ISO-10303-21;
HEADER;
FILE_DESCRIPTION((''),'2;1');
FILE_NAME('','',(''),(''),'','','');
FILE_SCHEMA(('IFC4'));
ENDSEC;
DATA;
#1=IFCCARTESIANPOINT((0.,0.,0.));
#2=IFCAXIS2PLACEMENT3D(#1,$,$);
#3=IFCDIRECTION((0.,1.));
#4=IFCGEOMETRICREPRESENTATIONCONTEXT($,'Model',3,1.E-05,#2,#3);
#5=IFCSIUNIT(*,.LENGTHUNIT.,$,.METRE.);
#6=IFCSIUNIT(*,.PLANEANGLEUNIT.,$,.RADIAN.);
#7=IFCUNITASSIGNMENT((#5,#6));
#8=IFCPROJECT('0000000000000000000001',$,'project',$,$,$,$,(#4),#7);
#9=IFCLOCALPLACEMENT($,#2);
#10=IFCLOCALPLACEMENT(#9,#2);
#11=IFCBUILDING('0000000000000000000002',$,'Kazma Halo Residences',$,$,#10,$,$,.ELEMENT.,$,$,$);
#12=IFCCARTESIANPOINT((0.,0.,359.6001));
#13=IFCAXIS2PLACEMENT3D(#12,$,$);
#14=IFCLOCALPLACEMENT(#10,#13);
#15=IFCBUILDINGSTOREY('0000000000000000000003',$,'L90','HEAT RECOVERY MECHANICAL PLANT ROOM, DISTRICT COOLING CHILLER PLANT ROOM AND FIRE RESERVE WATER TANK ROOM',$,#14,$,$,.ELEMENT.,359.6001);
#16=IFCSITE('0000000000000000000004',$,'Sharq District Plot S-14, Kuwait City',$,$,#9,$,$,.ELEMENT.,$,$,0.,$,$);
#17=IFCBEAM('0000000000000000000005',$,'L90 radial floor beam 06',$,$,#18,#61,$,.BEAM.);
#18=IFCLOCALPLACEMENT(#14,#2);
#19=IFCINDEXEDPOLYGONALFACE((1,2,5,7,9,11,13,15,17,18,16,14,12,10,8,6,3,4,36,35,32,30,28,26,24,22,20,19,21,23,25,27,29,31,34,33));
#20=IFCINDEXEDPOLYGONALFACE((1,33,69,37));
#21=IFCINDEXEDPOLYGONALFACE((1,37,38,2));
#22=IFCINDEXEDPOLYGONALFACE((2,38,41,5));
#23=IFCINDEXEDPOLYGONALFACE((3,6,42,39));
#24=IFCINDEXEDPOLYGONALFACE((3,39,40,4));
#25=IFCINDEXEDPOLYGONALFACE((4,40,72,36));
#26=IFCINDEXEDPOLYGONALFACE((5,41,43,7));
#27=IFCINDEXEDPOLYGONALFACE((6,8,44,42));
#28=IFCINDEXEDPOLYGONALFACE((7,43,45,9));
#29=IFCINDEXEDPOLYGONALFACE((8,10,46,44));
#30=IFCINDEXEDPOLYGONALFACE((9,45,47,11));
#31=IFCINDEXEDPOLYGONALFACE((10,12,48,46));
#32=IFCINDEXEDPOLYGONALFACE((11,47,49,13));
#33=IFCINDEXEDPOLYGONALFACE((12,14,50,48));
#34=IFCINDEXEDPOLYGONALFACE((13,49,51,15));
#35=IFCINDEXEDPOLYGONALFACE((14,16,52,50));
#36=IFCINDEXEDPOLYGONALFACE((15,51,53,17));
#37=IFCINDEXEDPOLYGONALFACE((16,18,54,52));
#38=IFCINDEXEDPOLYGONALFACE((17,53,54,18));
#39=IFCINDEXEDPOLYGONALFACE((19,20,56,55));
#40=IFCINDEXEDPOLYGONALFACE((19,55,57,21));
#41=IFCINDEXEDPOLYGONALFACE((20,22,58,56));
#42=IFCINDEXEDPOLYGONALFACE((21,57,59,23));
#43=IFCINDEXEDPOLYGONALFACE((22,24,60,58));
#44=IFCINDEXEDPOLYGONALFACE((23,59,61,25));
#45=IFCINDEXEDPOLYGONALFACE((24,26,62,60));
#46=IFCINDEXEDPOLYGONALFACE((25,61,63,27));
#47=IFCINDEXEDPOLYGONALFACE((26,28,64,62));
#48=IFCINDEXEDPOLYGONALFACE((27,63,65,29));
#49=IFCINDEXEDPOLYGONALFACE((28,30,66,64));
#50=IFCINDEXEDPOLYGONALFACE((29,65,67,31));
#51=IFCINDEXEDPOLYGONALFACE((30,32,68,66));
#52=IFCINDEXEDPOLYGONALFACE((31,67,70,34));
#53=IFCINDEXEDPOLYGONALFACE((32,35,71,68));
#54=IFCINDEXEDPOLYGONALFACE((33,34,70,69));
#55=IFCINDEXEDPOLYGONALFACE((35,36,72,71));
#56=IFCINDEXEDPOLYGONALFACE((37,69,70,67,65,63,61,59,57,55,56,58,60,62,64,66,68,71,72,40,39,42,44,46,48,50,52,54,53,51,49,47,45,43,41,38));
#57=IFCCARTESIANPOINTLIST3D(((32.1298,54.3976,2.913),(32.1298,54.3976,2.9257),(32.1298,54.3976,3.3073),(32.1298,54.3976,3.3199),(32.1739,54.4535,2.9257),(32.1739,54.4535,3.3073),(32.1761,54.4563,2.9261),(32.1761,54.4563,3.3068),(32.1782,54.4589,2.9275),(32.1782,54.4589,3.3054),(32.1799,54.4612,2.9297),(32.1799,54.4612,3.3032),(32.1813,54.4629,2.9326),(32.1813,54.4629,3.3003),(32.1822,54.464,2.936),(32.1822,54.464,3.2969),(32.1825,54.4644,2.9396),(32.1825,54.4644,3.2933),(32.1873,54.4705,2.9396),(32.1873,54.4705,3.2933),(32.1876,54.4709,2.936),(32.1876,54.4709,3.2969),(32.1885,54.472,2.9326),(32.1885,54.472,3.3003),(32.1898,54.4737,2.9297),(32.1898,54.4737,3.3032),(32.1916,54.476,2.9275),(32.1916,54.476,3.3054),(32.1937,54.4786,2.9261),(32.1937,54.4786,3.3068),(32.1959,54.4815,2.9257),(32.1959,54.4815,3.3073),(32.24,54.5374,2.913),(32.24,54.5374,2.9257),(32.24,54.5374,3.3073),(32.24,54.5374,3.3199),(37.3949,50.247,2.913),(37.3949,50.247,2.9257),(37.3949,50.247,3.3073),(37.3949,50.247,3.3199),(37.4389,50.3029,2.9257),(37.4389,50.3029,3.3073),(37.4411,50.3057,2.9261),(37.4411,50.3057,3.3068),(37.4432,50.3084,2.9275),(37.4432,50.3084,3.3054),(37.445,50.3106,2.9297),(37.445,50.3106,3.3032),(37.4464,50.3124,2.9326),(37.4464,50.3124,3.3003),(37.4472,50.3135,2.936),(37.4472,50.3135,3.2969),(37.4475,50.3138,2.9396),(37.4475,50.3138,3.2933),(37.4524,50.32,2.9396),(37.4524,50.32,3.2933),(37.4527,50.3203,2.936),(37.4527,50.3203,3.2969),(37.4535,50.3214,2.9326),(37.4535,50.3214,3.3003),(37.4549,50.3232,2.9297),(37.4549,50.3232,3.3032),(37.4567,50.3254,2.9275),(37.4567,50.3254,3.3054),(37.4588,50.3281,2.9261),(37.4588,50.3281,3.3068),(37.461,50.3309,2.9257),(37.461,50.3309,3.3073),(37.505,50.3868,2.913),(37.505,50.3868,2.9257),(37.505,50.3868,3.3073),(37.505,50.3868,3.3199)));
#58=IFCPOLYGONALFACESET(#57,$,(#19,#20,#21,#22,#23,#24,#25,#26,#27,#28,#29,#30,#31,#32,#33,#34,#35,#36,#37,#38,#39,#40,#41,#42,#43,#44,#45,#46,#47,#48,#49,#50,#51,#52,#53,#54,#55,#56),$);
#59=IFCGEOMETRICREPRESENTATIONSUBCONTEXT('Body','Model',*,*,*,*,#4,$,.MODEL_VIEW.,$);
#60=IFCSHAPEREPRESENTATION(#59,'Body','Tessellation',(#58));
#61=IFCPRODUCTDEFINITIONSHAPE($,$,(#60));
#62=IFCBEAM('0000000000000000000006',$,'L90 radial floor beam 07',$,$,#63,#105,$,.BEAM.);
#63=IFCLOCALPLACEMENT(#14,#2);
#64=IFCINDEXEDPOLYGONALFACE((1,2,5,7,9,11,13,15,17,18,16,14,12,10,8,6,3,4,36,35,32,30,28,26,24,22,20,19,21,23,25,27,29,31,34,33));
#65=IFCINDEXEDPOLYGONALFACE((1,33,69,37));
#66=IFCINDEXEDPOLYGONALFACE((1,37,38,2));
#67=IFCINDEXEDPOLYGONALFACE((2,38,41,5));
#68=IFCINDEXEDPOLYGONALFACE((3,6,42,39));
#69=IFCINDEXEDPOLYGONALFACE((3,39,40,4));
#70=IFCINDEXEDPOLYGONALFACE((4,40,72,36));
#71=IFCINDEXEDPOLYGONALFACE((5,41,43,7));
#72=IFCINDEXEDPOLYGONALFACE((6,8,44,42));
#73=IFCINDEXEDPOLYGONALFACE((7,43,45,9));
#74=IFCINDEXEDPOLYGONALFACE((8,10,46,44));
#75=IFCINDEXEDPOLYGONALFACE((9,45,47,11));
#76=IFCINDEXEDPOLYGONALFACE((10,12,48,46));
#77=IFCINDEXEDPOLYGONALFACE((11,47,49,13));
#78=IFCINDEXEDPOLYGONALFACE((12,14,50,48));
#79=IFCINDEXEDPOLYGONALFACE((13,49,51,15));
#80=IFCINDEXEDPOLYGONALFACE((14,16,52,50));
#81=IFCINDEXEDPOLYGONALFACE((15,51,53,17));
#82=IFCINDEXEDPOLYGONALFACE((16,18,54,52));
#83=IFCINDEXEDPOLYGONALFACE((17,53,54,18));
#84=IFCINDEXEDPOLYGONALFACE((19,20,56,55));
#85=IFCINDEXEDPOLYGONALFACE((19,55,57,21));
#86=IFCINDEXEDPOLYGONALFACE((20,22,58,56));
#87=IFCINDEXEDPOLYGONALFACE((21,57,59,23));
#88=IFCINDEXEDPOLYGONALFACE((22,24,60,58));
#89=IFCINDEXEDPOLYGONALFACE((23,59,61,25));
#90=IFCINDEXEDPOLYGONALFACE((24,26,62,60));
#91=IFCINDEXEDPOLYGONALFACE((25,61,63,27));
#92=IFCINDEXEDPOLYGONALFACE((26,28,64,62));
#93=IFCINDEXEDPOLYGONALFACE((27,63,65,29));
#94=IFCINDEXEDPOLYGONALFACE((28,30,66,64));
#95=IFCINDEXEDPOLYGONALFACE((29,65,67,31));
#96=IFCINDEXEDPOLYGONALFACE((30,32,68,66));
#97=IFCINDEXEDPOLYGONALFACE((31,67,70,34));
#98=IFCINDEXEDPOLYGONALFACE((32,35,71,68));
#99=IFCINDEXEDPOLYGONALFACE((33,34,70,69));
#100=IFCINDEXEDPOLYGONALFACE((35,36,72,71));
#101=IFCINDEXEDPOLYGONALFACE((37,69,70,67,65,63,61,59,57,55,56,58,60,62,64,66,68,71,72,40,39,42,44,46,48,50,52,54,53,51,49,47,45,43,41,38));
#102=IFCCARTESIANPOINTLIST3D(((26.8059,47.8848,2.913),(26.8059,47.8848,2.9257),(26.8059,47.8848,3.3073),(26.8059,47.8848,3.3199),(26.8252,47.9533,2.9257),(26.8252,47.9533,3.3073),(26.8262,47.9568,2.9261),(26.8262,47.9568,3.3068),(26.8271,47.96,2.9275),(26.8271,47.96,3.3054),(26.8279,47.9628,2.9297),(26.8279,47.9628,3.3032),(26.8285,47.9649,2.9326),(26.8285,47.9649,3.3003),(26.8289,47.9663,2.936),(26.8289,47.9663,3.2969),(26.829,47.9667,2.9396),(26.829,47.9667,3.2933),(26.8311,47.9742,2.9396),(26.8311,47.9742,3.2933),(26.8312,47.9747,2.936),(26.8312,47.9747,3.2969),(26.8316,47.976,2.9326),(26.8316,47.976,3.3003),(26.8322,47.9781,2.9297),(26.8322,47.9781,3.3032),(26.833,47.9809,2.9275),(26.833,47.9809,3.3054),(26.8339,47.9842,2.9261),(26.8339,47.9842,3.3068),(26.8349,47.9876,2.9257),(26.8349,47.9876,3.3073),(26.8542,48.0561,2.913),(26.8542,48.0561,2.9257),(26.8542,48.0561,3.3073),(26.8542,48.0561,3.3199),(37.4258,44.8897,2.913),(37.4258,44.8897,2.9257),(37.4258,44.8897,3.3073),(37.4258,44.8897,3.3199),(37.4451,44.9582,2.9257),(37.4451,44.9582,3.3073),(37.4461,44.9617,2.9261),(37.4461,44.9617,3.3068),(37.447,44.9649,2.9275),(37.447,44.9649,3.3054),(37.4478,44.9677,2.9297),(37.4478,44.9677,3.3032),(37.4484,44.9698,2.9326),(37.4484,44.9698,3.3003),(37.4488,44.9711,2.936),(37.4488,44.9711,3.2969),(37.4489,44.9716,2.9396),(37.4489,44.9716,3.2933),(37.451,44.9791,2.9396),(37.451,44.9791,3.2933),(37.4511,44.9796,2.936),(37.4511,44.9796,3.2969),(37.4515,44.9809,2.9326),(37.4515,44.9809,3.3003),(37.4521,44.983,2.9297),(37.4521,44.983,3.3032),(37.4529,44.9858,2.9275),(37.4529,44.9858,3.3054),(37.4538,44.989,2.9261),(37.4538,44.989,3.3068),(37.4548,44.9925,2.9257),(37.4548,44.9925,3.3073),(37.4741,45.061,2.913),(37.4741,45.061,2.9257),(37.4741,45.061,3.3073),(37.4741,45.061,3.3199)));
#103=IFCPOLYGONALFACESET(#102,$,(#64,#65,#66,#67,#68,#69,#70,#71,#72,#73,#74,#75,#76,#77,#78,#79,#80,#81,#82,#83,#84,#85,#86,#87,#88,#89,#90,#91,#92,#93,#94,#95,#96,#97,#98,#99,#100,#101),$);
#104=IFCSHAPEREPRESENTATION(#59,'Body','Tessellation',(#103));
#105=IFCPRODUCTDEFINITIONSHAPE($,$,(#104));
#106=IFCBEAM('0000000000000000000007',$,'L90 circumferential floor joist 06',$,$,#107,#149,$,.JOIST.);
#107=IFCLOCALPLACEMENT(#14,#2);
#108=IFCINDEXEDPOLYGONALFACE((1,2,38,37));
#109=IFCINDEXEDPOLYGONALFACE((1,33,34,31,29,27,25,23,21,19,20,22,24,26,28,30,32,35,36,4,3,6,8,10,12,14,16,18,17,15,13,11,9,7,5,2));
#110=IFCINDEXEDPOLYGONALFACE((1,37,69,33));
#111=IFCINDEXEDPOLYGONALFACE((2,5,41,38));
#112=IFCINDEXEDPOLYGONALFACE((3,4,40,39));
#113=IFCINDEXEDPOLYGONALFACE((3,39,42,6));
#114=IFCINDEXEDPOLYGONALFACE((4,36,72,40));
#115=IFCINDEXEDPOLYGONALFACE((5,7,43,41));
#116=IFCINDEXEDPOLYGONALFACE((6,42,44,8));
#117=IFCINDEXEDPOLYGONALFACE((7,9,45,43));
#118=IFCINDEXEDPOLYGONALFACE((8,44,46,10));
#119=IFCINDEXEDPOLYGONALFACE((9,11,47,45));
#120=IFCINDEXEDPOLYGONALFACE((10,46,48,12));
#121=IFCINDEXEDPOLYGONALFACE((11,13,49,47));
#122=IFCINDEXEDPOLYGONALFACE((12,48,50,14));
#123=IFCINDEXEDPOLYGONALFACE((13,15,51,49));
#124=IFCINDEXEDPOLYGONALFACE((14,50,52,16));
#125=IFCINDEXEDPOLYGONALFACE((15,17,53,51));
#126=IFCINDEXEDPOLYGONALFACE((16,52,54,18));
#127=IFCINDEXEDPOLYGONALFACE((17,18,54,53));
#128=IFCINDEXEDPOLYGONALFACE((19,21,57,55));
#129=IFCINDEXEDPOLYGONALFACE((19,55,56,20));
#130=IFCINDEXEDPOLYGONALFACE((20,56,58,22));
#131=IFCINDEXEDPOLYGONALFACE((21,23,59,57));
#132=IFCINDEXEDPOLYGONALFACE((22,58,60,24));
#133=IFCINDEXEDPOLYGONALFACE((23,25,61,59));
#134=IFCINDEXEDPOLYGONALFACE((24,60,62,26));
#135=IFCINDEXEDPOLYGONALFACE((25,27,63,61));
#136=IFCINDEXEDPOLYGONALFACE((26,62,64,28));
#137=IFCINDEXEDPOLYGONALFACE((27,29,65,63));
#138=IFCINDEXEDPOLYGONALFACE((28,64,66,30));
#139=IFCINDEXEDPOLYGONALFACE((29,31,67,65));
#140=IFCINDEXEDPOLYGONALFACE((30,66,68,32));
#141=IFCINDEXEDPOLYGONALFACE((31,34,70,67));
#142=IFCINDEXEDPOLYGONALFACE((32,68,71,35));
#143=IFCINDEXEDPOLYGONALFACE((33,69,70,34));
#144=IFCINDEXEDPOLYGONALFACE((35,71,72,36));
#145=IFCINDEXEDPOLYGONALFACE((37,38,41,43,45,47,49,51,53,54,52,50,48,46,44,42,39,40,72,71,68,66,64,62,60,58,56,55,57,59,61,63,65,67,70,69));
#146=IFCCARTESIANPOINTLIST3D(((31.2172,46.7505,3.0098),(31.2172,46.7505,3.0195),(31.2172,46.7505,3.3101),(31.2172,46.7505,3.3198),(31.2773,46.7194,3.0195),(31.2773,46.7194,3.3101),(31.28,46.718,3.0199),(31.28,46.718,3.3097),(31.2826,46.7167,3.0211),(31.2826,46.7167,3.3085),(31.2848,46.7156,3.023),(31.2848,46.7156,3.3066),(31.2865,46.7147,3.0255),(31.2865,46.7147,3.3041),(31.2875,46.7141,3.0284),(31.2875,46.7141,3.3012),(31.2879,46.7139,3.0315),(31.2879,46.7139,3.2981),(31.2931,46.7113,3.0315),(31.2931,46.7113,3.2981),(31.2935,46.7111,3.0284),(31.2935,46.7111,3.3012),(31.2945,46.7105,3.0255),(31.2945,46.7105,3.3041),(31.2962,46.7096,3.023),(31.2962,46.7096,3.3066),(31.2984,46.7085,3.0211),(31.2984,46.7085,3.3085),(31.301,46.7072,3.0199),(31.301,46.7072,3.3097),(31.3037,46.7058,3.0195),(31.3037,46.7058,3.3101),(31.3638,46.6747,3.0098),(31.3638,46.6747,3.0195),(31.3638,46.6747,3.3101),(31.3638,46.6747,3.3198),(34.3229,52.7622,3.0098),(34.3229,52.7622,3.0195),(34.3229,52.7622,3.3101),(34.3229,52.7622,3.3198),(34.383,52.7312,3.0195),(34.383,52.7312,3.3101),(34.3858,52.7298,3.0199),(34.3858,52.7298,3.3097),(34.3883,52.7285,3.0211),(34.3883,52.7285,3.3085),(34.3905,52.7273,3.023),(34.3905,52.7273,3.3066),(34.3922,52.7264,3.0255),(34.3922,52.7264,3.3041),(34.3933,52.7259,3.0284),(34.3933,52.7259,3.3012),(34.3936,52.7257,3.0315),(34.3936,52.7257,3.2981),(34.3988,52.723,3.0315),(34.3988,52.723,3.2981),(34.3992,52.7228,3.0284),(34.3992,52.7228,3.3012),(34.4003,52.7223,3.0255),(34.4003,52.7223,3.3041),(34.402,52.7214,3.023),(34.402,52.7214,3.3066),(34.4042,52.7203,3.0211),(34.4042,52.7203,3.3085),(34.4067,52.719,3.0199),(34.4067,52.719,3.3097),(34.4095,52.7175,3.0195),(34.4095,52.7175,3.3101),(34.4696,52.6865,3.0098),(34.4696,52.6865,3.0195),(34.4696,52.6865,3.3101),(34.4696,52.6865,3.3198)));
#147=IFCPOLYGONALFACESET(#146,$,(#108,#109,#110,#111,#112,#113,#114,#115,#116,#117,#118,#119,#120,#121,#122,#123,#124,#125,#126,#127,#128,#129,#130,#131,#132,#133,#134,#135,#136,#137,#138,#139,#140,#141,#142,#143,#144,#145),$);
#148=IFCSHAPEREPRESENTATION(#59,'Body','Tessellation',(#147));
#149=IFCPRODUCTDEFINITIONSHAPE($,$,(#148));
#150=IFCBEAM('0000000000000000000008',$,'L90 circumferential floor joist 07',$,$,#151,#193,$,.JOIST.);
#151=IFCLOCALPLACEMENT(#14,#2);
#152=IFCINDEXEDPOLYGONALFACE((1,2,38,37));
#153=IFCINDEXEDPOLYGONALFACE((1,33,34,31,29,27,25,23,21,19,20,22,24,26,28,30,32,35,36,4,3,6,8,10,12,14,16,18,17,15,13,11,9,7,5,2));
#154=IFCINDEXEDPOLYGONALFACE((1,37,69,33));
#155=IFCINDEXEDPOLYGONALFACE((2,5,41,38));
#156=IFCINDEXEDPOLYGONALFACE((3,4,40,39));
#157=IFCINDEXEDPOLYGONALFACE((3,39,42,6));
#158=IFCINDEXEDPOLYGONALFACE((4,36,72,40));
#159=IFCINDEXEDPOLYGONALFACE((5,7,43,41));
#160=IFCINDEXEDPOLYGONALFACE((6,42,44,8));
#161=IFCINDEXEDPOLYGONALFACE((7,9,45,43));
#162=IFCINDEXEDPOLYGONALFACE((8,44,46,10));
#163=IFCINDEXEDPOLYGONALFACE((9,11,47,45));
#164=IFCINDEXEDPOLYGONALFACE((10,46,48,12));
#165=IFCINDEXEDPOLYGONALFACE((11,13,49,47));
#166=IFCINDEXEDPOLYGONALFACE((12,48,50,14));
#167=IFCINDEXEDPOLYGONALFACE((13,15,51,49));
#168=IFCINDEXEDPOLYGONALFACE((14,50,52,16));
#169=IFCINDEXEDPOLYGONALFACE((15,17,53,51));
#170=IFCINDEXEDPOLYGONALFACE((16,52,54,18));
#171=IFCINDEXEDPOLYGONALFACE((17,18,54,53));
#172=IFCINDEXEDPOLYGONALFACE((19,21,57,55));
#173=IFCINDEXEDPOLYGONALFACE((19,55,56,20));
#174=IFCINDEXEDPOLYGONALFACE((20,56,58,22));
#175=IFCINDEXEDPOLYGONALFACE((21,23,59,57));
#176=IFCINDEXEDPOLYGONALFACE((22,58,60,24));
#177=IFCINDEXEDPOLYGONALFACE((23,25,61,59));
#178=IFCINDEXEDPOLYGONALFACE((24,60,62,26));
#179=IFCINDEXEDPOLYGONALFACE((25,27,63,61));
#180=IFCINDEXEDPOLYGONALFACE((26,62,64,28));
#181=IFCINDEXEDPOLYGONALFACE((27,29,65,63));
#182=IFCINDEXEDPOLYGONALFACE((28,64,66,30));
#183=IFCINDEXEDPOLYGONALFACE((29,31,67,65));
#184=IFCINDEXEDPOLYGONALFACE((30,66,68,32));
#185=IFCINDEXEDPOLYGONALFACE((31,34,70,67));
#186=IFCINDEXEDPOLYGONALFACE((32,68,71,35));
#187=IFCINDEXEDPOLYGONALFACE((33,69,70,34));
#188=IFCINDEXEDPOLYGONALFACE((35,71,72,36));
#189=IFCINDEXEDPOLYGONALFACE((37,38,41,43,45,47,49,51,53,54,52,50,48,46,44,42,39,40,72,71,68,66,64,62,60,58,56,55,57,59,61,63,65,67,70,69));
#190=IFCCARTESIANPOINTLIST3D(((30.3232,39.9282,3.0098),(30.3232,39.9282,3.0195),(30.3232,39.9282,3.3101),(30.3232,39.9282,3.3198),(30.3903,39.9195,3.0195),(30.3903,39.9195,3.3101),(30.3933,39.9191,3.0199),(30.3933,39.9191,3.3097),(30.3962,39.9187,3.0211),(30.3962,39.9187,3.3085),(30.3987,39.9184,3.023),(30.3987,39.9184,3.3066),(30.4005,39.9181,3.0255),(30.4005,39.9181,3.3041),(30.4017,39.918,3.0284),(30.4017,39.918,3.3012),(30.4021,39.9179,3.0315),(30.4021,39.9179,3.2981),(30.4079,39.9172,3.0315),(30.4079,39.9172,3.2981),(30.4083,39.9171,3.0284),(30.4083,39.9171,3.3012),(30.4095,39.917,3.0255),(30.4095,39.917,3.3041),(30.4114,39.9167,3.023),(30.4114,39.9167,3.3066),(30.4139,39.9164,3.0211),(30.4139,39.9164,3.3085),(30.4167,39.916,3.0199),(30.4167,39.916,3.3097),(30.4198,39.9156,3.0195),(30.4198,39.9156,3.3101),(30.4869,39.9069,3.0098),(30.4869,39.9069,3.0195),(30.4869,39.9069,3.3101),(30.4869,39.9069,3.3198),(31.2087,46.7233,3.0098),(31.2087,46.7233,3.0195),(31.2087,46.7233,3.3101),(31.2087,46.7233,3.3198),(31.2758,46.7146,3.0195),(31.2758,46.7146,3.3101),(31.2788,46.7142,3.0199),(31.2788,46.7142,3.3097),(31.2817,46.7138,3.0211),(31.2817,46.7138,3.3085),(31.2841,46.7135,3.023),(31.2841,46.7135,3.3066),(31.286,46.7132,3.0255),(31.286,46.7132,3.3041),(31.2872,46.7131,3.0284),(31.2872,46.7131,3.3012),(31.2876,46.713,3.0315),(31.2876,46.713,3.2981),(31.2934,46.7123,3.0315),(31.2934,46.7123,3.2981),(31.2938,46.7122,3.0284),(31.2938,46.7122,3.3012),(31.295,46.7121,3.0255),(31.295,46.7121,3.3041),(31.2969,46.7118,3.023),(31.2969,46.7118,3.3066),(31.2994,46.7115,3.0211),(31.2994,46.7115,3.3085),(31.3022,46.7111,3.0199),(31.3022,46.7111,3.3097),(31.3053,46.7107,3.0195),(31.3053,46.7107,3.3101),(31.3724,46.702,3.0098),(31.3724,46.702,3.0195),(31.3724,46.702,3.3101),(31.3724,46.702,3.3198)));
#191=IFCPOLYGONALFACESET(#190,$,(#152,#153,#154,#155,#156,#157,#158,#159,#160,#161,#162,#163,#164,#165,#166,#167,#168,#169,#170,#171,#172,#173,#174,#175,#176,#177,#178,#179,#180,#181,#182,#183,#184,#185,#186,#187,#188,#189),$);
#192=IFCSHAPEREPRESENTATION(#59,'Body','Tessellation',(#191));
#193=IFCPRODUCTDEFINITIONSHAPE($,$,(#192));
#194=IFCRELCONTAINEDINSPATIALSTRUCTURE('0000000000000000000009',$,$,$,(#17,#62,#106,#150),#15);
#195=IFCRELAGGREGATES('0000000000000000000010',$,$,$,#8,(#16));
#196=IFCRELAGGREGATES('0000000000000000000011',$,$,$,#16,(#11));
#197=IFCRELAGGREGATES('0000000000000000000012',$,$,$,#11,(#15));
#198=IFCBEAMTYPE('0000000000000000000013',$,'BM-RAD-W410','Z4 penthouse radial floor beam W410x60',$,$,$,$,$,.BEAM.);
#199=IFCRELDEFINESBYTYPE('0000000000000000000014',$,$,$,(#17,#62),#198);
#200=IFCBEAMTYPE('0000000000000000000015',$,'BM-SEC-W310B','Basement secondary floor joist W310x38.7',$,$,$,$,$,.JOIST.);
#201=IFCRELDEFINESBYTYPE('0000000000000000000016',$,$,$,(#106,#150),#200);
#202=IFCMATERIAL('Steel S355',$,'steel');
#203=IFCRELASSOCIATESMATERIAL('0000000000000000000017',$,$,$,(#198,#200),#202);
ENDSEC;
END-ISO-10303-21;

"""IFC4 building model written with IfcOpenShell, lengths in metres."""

from ifc_helpers import new_model, si_unit, direction, frame, origin, origin_2d, place, context, subcontext, project, spatial, i_section, extrude, material, material_profile, profile_set, type_object, element, save


model = new_model("IFC4")

# Units and contexts
model_context = context("Model", 3, precision=1e-05, world=origin(), true_north=direction((0.0, 1.0)))
body_context = subcontext(model_context, "Body", "Model", "MODEL_VIEW")
ifc_project = project(units=[si_unit("LENGTHUNIT", "METRE"), si_unit("PLANEANGLEUNIT", "RADIAN")], contexts=[model_context])

# Site, building, storey
site_placement = place(None, origin())
site = spatial("IfcSite", under=ifc_project, at=site_placement, Name="Sharq District Plot S-14, Kuwait City", CompositionType="ELEMENT", RefElevation=0.0)
building_placement = place(site_placement, origin())
building = spatial("IfcBuilding", under=site, at=building_placement, Name="Kazma Halo Residences", CompositionType="ELEMENT")
storey_placement = place(building_placement, frame((0.0, 0.0, 359.6001)))
storey = spatial("IfcBuildingStorey", under=building, at=storey_placement, Name="L90", Description="HEAT RECOVERY MECHANICAL PLANT ROOM, DISTRICT COOLING CHILLER PLANT ROOM AND FIRE RESERVE WATER TANK ROOM", CompositionType="ELEMENT", Elevation=359.6001)

# Shared definitions
ifc_material_1 = material(Name="Steel S355", Category="steel")

# Beams
ifc_material_profile_1 = material_profile(ifc_material_1, i_section(OverallWidth=0.178, OverallDepth=0.407, WebThickness=0.0078, FlangeThickness=0.0127, FilletRadius=0.0139, at=origin_2d()), Name="W410x60")
ifc_profile_set_1 = profile_set([ifc_material_profile_1], Name="Steel S355")
beam_type_1 = type_object("IfcBeamType", Name="BM-RAD-W410", Description="Z4 penthouse radial floor beam W410x60", PredefinedType="BEAM", material=ifc_profile_set_1)
beam_1_placement = place(storey_placement, frame((37.45, 50.3169, 3.1165), z_axis=(-0.785322, 0.619088, 0.0), x_axis=(-0.619088, -0.785322, 0.0)))
element("IfcBeam", 1, at=beam_1_placement, inside=storey, type_object=beam_type_1, Name="L90 radial floor beam 06", PredefinedType="BEAM", context=body_context, shape_type="SweptSolid", body=[
    extrude(i_section(OverallWidth=0.178, OverallDepth=0.407, WebThickness=0.0078, FlangeThickness=0.0127, FilletRadius=0.0139, at=origin_2d()), origin(), (0.0, 0.0, 1.0), 6.7043),
])
beam_2_placement = place(storey_placement, frame((37.45, 44.9753, 3.1165), z_axis=(-0.962455, 0.271441, 0.0), x_axis=(-0.271441, -0.962455, 0.0)))
element("IfcBeam", 2, at=beam_2_placement, inside=storey, type_object=beam_type_1, Name="L90 radial floor beam 07", PredefinedType="BEAM", context=body_context, shape_type="SweptSolid", body=[
    extrude(i_section(OverallWidth=0.178, OverallDepth=0.407, WebThickness=0.0078, FlangeThickness=0.0127, FilletRadius=0.0139, at=origin_2d()), origin(), (0.0, 0.0, 1.0), 11.0342),
])
ifc_material_profile_2 = material_profile(ifc_material_1, i_section(OverallWidth=0.165, OverallDepth=0.3101, WebThickness=0.0059, FlangeThickness=0.0098, FilletRadius=0.012, at=origin_2d()), Name="W310x38.7")
ifc_profile_set_2 = profile_set([ifc_material_profile_2], Name="Steel S355")
beam_type_2 = type_object("IfcBeamType", Name="BM-SEC-W310B", Description="Basement secondary floor joist W310x38.7", PredefinedType="JOIST", material=ifc_profile_set_2)
beam_3_placement = place(storey_placement, frame((34.3962, 52.7244, 3.1648), z_axis=(-0.45898, -0.888447, 0.0), x_axis=(0.888447, -0.45898, 0.0)))
element("IfcBeam", 3, at=beam_3_placement, inside=storey, type_object=beam_type_2, Name="L90 circumferential floor joist 06", PredefinedType="JOIST", context=body_context, shape_type="SweptSolid", body=[
    extrude(i_section(OverallWidth=0.165, OverallDepth=0.3101, WebThickness=0.0059, FlangeThickness=0.0098, FilletRadius=0.012, at=origin_2d()), origin(), (0.0, 0.0, 1.0), 6.7666),
])
beam_4_placement = place(storey_placement, frame((31.2905, 46.7126, 3.1648), z_axis=(-0.12922, -0.991616, 0.0), x_axis=(0.991616, -0.12922, 0.0)))
element("IfcBeam", 4, at=beam_4_placement, inside=storey, type_object=beam_type_2, Name="L90 circumferential floor joist 07", PredefinedType="JOIST", context=body_context, shape_type="SweptSolid", body=[
    extrude(i_section(OverallWidth=0.165, OverallDepth=0.3101, WebThickness=0.0059, FlangeThickness=0.0098, FilletRadius=0.012, at=origin_2d()), origin(), (0.0, 0.0, 1.0), 6.8525),
])

save(model, "model.ifc")
